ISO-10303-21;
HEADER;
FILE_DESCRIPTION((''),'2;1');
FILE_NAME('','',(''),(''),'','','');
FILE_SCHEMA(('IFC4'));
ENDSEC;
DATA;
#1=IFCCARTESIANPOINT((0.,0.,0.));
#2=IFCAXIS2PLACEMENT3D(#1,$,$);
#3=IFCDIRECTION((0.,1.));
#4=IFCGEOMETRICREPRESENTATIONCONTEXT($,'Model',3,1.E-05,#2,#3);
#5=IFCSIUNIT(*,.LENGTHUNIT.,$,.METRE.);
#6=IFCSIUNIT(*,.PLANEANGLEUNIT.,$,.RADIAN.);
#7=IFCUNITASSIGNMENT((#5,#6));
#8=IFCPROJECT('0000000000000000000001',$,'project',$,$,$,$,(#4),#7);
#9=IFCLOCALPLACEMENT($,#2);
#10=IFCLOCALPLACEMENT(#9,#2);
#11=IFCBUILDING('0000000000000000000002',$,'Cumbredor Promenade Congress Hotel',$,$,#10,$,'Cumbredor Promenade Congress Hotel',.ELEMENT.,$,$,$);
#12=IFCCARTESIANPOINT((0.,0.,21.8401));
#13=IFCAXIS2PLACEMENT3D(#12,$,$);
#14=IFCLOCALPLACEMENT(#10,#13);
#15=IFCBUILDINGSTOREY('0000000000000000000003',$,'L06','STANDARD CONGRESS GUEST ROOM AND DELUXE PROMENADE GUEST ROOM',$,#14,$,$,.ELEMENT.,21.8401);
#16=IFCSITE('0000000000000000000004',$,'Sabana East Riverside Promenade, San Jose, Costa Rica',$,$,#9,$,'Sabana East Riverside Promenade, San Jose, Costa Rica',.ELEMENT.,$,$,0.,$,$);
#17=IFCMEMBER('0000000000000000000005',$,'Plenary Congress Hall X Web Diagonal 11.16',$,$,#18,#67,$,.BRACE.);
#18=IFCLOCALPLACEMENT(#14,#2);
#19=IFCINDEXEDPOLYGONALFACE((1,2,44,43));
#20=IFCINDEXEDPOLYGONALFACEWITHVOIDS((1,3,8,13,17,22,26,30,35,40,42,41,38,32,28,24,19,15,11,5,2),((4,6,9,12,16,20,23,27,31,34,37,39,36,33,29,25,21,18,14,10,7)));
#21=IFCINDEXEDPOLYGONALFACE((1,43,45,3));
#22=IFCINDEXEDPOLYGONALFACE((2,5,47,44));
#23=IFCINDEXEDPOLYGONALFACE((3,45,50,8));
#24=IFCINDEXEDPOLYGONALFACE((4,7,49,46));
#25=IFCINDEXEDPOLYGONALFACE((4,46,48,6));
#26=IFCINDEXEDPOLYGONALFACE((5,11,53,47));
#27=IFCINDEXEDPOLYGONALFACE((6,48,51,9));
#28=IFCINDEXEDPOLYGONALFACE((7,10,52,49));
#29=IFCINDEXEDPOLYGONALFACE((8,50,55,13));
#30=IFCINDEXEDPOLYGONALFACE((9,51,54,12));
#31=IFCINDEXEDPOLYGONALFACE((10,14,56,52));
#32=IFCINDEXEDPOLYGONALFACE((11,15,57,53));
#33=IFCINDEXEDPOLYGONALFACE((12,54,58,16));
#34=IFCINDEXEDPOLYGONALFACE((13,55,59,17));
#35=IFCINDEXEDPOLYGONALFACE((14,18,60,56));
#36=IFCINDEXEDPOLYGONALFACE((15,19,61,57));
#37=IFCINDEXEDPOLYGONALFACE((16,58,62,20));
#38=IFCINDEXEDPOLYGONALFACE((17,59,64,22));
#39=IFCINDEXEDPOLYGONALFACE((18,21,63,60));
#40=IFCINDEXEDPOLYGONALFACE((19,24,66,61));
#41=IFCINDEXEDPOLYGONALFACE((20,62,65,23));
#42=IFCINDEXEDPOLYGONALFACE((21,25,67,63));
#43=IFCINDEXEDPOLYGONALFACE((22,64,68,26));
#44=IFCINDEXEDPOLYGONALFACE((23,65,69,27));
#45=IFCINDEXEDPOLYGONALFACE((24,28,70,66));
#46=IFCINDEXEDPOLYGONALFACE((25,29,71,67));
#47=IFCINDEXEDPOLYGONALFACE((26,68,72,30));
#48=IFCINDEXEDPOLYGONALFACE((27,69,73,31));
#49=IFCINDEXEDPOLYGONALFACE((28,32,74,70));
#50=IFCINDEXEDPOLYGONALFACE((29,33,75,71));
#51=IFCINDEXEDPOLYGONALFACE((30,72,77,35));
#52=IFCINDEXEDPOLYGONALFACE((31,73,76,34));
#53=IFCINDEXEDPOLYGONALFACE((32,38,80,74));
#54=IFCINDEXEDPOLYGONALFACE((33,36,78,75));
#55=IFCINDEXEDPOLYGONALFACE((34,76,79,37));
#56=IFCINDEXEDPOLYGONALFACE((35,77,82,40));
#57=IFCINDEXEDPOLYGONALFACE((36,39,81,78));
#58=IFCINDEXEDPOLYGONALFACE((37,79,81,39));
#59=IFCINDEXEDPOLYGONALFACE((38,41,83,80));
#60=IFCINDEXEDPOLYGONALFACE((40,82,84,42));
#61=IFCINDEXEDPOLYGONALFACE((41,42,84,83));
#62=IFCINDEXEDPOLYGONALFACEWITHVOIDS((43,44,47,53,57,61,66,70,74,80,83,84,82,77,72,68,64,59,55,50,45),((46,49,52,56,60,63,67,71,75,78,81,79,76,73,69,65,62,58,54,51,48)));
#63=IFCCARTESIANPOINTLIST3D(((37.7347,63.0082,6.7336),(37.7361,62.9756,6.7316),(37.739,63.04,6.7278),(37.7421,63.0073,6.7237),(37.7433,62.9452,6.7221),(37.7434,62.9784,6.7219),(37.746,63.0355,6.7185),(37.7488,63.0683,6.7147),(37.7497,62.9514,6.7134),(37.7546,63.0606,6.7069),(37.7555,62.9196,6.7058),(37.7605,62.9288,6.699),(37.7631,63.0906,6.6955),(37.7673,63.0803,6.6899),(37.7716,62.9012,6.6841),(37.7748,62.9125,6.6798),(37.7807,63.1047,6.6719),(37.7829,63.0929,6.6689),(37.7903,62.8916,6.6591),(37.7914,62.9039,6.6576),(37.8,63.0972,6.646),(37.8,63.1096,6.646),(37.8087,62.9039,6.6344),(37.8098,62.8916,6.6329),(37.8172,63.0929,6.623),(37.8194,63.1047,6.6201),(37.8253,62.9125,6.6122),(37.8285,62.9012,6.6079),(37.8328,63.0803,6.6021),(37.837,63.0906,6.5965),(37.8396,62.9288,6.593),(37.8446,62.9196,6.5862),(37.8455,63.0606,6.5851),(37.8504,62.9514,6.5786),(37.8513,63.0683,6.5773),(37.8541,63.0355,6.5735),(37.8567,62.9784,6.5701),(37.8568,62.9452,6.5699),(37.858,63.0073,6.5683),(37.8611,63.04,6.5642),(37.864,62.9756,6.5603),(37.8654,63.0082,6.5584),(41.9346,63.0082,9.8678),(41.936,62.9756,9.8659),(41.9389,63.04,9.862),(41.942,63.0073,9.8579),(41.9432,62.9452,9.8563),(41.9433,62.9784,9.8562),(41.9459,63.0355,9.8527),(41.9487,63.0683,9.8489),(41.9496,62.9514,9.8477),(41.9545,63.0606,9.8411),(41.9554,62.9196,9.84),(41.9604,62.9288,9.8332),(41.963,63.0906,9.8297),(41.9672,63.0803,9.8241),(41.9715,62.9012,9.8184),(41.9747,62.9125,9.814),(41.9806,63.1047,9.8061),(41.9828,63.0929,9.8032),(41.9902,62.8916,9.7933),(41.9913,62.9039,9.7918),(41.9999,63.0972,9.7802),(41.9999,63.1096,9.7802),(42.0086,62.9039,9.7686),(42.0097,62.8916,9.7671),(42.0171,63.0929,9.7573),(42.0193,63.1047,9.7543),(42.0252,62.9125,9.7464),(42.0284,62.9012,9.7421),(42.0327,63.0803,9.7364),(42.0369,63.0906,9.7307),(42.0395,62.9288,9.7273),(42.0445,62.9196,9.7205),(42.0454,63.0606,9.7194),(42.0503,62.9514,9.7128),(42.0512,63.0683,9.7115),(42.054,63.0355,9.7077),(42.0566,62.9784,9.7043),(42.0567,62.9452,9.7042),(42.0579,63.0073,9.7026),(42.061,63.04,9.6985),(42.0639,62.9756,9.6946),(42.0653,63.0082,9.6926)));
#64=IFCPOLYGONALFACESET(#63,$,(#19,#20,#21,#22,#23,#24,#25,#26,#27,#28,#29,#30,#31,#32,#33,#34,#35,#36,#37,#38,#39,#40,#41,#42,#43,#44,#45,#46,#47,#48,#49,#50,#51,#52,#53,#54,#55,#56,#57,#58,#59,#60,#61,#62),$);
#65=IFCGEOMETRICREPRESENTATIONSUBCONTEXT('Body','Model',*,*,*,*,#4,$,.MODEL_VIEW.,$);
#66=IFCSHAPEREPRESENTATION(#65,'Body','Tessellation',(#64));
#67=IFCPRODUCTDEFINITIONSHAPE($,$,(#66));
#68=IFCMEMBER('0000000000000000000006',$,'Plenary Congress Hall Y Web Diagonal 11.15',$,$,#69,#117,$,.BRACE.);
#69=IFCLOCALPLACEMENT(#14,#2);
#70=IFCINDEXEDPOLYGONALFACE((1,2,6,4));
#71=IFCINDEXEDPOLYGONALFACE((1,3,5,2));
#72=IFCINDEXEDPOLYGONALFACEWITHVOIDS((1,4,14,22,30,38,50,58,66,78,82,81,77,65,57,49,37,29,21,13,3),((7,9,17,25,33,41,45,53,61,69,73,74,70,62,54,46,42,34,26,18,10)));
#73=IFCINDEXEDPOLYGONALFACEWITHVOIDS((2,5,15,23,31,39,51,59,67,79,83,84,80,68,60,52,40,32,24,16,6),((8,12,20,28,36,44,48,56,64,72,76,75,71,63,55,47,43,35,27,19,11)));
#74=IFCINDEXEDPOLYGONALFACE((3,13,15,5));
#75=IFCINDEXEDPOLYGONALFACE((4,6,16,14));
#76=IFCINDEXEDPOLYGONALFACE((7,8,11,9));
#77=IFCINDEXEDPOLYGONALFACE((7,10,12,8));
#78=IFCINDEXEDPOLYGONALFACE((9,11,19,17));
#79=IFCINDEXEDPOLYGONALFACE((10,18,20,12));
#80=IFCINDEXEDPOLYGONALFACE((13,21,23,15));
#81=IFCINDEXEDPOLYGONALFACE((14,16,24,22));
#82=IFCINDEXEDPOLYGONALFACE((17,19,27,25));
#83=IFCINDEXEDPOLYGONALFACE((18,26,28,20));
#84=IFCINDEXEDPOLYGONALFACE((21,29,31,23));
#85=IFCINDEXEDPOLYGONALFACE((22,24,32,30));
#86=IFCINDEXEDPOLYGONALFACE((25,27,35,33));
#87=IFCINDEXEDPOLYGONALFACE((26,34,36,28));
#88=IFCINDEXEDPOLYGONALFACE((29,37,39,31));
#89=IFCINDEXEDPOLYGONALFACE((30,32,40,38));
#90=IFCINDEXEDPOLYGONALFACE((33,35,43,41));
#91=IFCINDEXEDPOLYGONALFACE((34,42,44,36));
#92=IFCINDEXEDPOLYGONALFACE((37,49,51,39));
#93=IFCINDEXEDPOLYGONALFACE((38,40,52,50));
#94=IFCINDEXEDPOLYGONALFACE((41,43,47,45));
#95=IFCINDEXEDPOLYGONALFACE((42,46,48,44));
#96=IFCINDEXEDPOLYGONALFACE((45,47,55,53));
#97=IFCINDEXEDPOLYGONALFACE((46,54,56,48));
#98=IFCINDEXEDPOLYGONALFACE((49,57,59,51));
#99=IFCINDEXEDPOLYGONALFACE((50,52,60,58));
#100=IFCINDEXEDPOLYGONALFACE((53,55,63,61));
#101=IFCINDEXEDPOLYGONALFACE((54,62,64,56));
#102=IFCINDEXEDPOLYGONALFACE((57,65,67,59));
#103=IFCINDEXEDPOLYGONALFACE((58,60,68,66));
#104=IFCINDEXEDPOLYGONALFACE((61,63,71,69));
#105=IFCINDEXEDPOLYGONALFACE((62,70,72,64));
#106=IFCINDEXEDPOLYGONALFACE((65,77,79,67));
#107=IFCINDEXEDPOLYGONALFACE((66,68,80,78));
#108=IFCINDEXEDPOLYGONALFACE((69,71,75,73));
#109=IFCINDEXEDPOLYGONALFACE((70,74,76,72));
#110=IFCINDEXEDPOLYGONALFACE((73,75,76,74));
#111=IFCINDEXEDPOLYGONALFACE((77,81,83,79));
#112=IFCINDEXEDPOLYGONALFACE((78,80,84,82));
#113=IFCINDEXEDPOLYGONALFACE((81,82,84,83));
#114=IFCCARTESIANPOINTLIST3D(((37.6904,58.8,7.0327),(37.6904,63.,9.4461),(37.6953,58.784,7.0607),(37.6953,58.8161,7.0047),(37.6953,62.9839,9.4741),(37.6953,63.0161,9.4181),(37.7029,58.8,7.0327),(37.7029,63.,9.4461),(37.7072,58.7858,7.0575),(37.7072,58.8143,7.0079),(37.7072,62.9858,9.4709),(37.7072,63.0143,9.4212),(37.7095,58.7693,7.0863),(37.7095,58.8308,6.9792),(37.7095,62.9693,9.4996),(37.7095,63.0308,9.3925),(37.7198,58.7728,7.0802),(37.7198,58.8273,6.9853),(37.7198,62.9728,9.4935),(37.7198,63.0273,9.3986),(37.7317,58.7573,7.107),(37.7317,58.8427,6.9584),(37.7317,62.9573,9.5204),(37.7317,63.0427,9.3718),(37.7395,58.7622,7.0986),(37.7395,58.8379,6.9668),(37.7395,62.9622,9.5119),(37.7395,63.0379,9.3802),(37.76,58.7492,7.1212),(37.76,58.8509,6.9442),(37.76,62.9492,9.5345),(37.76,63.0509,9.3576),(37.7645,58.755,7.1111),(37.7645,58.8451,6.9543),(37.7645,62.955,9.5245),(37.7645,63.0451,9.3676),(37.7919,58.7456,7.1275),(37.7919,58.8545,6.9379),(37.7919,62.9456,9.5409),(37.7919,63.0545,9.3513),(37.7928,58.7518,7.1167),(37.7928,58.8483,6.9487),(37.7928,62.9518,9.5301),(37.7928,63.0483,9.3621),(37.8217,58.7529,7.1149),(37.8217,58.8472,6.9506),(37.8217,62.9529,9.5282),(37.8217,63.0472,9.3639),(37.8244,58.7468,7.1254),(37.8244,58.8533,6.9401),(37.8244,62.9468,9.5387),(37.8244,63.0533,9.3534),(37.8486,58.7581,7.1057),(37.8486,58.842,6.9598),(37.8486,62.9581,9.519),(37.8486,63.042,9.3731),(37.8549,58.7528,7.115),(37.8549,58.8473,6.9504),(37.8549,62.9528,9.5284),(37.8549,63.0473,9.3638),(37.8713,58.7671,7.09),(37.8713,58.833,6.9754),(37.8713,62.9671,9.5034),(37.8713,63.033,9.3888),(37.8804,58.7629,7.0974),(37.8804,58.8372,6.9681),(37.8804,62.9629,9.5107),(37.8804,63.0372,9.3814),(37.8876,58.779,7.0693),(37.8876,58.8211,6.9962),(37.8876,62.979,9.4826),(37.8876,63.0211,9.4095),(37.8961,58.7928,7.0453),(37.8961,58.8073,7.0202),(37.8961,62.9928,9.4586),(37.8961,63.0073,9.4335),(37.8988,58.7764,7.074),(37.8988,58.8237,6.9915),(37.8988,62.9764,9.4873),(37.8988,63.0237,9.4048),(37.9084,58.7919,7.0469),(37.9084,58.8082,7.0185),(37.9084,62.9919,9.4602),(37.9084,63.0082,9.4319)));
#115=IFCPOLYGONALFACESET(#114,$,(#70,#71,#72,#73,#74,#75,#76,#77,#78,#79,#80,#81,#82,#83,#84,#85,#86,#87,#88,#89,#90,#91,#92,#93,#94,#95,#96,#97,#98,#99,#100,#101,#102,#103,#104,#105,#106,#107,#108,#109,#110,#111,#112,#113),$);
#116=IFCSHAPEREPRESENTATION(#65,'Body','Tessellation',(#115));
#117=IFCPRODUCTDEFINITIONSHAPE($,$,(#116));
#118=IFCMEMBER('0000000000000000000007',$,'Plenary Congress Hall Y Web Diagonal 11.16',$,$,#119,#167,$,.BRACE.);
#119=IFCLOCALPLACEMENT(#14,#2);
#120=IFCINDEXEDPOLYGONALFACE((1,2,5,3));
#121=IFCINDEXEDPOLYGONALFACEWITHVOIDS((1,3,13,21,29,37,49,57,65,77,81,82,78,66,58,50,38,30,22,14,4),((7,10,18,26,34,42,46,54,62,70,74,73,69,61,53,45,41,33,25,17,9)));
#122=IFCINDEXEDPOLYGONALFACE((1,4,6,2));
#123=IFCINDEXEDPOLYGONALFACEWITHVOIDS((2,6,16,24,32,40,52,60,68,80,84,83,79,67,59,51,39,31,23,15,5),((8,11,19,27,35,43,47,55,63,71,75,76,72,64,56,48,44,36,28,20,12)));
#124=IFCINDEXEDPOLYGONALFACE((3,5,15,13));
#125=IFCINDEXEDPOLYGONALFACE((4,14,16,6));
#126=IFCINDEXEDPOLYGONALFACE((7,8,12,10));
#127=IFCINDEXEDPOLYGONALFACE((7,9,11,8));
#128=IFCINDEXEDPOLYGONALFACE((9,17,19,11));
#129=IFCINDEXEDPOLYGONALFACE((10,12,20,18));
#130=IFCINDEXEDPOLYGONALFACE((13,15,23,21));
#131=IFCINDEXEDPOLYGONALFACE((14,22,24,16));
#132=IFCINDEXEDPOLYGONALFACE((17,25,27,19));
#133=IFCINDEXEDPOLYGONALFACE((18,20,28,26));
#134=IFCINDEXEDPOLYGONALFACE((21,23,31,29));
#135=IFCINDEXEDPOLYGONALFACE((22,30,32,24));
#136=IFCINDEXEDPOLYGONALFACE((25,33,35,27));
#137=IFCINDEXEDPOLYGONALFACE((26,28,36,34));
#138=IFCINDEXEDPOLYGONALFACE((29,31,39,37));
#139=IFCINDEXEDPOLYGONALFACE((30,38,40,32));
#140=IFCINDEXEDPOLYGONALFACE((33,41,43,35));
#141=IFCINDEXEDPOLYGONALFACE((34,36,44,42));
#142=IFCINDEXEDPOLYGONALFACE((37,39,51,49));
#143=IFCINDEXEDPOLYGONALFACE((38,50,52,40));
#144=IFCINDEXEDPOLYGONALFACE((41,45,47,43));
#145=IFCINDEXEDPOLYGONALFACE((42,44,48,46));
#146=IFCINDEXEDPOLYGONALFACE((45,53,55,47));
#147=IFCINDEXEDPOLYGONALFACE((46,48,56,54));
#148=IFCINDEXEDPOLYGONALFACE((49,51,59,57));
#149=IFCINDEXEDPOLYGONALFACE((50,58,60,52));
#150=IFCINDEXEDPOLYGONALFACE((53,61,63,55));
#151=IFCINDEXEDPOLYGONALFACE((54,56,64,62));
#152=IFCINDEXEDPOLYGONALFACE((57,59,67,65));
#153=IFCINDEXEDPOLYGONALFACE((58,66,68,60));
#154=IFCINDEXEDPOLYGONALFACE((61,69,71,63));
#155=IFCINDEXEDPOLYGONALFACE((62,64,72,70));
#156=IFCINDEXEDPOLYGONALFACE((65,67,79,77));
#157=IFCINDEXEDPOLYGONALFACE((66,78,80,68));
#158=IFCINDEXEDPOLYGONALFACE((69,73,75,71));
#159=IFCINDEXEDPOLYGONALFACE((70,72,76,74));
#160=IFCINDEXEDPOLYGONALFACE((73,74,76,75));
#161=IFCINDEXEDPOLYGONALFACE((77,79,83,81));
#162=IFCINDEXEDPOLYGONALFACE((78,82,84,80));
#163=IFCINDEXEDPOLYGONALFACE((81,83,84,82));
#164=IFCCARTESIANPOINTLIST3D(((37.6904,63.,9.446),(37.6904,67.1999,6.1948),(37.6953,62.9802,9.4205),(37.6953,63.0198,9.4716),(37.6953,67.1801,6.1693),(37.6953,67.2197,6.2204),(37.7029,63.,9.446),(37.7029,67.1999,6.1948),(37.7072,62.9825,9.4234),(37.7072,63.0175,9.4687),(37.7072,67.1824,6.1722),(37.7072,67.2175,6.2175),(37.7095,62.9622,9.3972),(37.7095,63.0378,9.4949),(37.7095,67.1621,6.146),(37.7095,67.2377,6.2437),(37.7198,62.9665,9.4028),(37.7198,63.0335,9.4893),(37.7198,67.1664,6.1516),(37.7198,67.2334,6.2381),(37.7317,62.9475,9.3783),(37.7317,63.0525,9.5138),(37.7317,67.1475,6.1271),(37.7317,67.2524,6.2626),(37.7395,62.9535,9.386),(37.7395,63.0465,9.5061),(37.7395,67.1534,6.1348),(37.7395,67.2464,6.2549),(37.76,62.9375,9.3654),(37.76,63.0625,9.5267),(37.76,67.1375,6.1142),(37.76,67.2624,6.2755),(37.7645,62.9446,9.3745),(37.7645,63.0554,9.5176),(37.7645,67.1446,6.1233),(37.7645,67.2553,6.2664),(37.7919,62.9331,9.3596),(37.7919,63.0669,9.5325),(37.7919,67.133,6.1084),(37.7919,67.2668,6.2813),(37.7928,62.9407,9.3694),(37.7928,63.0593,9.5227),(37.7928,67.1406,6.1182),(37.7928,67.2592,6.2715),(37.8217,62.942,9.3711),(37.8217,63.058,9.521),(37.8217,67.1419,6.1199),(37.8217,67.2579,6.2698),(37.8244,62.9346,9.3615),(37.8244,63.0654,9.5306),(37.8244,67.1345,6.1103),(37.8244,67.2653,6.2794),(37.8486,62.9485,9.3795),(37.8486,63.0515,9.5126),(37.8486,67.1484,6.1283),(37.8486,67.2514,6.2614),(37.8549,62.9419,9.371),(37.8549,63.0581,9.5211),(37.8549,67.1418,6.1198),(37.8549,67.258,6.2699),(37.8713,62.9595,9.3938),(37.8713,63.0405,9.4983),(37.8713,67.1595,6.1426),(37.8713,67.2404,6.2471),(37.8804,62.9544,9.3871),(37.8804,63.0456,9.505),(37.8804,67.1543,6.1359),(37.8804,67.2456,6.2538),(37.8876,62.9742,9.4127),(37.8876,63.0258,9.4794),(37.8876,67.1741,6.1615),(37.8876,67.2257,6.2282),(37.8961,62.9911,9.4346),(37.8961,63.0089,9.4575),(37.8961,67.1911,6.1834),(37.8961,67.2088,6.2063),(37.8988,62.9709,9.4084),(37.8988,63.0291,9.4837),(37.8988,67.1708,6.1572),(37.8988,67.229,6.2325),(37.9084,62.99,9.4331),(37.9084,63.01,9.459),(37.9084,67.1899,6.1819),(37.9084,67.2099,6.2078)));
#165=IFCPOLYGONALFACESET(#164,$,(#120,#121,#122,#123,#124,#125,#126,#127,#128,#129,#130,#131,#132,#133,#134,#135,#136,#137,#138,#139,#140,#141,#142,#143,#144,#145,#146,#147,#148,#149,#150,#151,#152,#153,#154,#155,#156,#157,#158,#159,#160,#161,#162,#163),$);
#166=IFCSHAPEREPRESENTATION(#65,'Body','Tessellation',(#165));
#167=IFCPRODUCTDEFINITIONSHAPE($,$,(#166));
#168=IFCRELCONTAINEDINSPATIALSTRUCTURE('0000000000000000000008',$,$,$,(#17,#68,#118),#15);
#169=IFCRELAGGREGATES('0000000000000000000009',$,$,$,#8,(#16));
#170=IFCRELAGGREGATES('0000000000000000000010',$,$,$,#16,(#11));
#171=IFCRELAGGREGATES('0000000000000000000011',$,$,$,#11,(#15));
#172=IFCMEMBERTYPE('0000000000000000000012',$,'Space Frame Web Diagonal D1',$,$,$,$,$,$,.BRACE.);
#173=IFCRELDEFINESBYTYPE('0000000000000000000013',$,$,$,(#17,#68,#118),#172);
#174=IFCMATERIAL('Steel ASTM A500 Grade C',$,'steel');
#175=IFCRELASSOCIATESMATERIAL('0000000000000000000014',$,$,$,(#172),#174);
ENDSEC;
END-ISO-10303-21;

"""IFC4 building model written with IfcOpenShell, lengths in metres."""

from ifc_helpers import new_model, si_unit, direction, frame, origin, origin_2d, place, context, subcontext, project, spatial, hollow_circle, extrude, material, material_profile, profile_set, type_object, element, save


model = new_model("IFC4")

# Units and contexts
model_context = context("Model", 3, precision=1e-05, world=origin(), true_north=direction((0.0, 1.0)))
body_context = subcontext(model_context, "Body", "Model", "MODEL_VIEW")
ifc_project = project(units=[si_unit("LENGTHUNIT", "METRE"), si_unit("PLANEANGLEUNIT", "RADIAN")], contexts=[model_context])

# Site, building, storey
site_placement = place(None, origin())
site = spatial("IfcSite", under=ifc_project, at=site_placement, Name="Sabana East Riverside Promenade, San Jose, Costa Rica", LongName="Sabana East Riverside Promenade, San Jose, Costa Rica", CompositionType="ELEMENT", RefElevation=0.0)
building_placement = place(site_placement, origin())
building = spatial("IfcBuilding", under=site, at=building_placement, Name="Cumbredor Promenade Congress Hotel", LongName="Cumbredor Promenade Congress Hotel", CompositionType="ELEMENT")
storey_placement = place(building_placement, frame((0.0, 0.0, 21.8401)))
storey = spatial("IfcBuildingStorey", under=building, at=storey_placement, Name="L06", Description="STANDARD CONGRESS GUEST ROOM AND DELUXE PROMENADE GUEST ROOM", CompositionType="ELEMENT", Elevation=21.8401)

# Members
ifc_material_1 = material(Name="Steel ASTM A500 Grade C", Category="steel")
ifc_material_profile_1 = material_profile(ifc_material_1, hollow_circle(Radius=0.1096, WallThickness=0.0125, at=origin_2d()), Name="CHS 219.1x12.5")
ifc_profile_set_1 = profile_set([ifc_material_profile_1], Name="Steel ASTM A500 Grade C")
member_type_1 = type_object("IfcMemberType", Name="Space Frame Web Diagonal D1", PredefinedType="BRACE", material=ifc_profile_set_1)
member_1_placement = place(storey_placement, frame((37.8, 63.0, 6.646), z_axis=(0.801434, 0.0, 0.598083), x_axis=(0.0, 1.0, 0.0)))
element("IfcMember", 1, at=member_1_placement, inside=storey, type_object=member_type_1, Name="Plenary Congress Hall X Web Diagonal 11.16", PredefinedType="BRACE", context=body_context, shape_type="SweptSolid", body=[
    extrude(hollow_circle(Radius=0.1096, WallThickness=0.0125, at=origin_2d()), origin(), (0.0, 0.0, 1.0), 5.2405),
])
member_2_placement = place(storey_placement, frame((37.8, 58.8, 7.0327), z_axis=(0.0, 0.867053, 0.498216), x_axis=(-1.0, 0.0, 0.0)))
element("IfcMember", 2, at=member_2_placement, inside=storey, type_object=member_type_1, Name="Plenary Congress Hall Y Web Diagonal 11.15", PredefinedType="BRACE", context=body_context, shape_type="SweptSolid", body=[
    extrude(hollow_circle(Radius=0.1096, WallThickness=0.0125, at=origin_2d()), origin(), (0.0, 0.0, 1.0), 4.844),
])
member_3_placement = place(storey_placement, frame((37.8, 63.0, 9.446), z_axis=(0.0, 0.790756, -0.612131), x_axis=(-1.0, 0.0, 0.0)))
element("IfcMember", 3, at=member_3_placement, inside=storey, type_object=member_type_1, Name="Plenary Congress Hall Y Web Diagonal 11.16", PredefinedType="BRACE", context=body_context, shape_type="SweptSolid", body=[
    extrude(hollow_circle(Radius=0.1096, WallThickness=0.0125, at=origin_2d()), origin(), (0.0, 0.0, 1.0), 5.3113),
])

save(model, "model.ifc")
